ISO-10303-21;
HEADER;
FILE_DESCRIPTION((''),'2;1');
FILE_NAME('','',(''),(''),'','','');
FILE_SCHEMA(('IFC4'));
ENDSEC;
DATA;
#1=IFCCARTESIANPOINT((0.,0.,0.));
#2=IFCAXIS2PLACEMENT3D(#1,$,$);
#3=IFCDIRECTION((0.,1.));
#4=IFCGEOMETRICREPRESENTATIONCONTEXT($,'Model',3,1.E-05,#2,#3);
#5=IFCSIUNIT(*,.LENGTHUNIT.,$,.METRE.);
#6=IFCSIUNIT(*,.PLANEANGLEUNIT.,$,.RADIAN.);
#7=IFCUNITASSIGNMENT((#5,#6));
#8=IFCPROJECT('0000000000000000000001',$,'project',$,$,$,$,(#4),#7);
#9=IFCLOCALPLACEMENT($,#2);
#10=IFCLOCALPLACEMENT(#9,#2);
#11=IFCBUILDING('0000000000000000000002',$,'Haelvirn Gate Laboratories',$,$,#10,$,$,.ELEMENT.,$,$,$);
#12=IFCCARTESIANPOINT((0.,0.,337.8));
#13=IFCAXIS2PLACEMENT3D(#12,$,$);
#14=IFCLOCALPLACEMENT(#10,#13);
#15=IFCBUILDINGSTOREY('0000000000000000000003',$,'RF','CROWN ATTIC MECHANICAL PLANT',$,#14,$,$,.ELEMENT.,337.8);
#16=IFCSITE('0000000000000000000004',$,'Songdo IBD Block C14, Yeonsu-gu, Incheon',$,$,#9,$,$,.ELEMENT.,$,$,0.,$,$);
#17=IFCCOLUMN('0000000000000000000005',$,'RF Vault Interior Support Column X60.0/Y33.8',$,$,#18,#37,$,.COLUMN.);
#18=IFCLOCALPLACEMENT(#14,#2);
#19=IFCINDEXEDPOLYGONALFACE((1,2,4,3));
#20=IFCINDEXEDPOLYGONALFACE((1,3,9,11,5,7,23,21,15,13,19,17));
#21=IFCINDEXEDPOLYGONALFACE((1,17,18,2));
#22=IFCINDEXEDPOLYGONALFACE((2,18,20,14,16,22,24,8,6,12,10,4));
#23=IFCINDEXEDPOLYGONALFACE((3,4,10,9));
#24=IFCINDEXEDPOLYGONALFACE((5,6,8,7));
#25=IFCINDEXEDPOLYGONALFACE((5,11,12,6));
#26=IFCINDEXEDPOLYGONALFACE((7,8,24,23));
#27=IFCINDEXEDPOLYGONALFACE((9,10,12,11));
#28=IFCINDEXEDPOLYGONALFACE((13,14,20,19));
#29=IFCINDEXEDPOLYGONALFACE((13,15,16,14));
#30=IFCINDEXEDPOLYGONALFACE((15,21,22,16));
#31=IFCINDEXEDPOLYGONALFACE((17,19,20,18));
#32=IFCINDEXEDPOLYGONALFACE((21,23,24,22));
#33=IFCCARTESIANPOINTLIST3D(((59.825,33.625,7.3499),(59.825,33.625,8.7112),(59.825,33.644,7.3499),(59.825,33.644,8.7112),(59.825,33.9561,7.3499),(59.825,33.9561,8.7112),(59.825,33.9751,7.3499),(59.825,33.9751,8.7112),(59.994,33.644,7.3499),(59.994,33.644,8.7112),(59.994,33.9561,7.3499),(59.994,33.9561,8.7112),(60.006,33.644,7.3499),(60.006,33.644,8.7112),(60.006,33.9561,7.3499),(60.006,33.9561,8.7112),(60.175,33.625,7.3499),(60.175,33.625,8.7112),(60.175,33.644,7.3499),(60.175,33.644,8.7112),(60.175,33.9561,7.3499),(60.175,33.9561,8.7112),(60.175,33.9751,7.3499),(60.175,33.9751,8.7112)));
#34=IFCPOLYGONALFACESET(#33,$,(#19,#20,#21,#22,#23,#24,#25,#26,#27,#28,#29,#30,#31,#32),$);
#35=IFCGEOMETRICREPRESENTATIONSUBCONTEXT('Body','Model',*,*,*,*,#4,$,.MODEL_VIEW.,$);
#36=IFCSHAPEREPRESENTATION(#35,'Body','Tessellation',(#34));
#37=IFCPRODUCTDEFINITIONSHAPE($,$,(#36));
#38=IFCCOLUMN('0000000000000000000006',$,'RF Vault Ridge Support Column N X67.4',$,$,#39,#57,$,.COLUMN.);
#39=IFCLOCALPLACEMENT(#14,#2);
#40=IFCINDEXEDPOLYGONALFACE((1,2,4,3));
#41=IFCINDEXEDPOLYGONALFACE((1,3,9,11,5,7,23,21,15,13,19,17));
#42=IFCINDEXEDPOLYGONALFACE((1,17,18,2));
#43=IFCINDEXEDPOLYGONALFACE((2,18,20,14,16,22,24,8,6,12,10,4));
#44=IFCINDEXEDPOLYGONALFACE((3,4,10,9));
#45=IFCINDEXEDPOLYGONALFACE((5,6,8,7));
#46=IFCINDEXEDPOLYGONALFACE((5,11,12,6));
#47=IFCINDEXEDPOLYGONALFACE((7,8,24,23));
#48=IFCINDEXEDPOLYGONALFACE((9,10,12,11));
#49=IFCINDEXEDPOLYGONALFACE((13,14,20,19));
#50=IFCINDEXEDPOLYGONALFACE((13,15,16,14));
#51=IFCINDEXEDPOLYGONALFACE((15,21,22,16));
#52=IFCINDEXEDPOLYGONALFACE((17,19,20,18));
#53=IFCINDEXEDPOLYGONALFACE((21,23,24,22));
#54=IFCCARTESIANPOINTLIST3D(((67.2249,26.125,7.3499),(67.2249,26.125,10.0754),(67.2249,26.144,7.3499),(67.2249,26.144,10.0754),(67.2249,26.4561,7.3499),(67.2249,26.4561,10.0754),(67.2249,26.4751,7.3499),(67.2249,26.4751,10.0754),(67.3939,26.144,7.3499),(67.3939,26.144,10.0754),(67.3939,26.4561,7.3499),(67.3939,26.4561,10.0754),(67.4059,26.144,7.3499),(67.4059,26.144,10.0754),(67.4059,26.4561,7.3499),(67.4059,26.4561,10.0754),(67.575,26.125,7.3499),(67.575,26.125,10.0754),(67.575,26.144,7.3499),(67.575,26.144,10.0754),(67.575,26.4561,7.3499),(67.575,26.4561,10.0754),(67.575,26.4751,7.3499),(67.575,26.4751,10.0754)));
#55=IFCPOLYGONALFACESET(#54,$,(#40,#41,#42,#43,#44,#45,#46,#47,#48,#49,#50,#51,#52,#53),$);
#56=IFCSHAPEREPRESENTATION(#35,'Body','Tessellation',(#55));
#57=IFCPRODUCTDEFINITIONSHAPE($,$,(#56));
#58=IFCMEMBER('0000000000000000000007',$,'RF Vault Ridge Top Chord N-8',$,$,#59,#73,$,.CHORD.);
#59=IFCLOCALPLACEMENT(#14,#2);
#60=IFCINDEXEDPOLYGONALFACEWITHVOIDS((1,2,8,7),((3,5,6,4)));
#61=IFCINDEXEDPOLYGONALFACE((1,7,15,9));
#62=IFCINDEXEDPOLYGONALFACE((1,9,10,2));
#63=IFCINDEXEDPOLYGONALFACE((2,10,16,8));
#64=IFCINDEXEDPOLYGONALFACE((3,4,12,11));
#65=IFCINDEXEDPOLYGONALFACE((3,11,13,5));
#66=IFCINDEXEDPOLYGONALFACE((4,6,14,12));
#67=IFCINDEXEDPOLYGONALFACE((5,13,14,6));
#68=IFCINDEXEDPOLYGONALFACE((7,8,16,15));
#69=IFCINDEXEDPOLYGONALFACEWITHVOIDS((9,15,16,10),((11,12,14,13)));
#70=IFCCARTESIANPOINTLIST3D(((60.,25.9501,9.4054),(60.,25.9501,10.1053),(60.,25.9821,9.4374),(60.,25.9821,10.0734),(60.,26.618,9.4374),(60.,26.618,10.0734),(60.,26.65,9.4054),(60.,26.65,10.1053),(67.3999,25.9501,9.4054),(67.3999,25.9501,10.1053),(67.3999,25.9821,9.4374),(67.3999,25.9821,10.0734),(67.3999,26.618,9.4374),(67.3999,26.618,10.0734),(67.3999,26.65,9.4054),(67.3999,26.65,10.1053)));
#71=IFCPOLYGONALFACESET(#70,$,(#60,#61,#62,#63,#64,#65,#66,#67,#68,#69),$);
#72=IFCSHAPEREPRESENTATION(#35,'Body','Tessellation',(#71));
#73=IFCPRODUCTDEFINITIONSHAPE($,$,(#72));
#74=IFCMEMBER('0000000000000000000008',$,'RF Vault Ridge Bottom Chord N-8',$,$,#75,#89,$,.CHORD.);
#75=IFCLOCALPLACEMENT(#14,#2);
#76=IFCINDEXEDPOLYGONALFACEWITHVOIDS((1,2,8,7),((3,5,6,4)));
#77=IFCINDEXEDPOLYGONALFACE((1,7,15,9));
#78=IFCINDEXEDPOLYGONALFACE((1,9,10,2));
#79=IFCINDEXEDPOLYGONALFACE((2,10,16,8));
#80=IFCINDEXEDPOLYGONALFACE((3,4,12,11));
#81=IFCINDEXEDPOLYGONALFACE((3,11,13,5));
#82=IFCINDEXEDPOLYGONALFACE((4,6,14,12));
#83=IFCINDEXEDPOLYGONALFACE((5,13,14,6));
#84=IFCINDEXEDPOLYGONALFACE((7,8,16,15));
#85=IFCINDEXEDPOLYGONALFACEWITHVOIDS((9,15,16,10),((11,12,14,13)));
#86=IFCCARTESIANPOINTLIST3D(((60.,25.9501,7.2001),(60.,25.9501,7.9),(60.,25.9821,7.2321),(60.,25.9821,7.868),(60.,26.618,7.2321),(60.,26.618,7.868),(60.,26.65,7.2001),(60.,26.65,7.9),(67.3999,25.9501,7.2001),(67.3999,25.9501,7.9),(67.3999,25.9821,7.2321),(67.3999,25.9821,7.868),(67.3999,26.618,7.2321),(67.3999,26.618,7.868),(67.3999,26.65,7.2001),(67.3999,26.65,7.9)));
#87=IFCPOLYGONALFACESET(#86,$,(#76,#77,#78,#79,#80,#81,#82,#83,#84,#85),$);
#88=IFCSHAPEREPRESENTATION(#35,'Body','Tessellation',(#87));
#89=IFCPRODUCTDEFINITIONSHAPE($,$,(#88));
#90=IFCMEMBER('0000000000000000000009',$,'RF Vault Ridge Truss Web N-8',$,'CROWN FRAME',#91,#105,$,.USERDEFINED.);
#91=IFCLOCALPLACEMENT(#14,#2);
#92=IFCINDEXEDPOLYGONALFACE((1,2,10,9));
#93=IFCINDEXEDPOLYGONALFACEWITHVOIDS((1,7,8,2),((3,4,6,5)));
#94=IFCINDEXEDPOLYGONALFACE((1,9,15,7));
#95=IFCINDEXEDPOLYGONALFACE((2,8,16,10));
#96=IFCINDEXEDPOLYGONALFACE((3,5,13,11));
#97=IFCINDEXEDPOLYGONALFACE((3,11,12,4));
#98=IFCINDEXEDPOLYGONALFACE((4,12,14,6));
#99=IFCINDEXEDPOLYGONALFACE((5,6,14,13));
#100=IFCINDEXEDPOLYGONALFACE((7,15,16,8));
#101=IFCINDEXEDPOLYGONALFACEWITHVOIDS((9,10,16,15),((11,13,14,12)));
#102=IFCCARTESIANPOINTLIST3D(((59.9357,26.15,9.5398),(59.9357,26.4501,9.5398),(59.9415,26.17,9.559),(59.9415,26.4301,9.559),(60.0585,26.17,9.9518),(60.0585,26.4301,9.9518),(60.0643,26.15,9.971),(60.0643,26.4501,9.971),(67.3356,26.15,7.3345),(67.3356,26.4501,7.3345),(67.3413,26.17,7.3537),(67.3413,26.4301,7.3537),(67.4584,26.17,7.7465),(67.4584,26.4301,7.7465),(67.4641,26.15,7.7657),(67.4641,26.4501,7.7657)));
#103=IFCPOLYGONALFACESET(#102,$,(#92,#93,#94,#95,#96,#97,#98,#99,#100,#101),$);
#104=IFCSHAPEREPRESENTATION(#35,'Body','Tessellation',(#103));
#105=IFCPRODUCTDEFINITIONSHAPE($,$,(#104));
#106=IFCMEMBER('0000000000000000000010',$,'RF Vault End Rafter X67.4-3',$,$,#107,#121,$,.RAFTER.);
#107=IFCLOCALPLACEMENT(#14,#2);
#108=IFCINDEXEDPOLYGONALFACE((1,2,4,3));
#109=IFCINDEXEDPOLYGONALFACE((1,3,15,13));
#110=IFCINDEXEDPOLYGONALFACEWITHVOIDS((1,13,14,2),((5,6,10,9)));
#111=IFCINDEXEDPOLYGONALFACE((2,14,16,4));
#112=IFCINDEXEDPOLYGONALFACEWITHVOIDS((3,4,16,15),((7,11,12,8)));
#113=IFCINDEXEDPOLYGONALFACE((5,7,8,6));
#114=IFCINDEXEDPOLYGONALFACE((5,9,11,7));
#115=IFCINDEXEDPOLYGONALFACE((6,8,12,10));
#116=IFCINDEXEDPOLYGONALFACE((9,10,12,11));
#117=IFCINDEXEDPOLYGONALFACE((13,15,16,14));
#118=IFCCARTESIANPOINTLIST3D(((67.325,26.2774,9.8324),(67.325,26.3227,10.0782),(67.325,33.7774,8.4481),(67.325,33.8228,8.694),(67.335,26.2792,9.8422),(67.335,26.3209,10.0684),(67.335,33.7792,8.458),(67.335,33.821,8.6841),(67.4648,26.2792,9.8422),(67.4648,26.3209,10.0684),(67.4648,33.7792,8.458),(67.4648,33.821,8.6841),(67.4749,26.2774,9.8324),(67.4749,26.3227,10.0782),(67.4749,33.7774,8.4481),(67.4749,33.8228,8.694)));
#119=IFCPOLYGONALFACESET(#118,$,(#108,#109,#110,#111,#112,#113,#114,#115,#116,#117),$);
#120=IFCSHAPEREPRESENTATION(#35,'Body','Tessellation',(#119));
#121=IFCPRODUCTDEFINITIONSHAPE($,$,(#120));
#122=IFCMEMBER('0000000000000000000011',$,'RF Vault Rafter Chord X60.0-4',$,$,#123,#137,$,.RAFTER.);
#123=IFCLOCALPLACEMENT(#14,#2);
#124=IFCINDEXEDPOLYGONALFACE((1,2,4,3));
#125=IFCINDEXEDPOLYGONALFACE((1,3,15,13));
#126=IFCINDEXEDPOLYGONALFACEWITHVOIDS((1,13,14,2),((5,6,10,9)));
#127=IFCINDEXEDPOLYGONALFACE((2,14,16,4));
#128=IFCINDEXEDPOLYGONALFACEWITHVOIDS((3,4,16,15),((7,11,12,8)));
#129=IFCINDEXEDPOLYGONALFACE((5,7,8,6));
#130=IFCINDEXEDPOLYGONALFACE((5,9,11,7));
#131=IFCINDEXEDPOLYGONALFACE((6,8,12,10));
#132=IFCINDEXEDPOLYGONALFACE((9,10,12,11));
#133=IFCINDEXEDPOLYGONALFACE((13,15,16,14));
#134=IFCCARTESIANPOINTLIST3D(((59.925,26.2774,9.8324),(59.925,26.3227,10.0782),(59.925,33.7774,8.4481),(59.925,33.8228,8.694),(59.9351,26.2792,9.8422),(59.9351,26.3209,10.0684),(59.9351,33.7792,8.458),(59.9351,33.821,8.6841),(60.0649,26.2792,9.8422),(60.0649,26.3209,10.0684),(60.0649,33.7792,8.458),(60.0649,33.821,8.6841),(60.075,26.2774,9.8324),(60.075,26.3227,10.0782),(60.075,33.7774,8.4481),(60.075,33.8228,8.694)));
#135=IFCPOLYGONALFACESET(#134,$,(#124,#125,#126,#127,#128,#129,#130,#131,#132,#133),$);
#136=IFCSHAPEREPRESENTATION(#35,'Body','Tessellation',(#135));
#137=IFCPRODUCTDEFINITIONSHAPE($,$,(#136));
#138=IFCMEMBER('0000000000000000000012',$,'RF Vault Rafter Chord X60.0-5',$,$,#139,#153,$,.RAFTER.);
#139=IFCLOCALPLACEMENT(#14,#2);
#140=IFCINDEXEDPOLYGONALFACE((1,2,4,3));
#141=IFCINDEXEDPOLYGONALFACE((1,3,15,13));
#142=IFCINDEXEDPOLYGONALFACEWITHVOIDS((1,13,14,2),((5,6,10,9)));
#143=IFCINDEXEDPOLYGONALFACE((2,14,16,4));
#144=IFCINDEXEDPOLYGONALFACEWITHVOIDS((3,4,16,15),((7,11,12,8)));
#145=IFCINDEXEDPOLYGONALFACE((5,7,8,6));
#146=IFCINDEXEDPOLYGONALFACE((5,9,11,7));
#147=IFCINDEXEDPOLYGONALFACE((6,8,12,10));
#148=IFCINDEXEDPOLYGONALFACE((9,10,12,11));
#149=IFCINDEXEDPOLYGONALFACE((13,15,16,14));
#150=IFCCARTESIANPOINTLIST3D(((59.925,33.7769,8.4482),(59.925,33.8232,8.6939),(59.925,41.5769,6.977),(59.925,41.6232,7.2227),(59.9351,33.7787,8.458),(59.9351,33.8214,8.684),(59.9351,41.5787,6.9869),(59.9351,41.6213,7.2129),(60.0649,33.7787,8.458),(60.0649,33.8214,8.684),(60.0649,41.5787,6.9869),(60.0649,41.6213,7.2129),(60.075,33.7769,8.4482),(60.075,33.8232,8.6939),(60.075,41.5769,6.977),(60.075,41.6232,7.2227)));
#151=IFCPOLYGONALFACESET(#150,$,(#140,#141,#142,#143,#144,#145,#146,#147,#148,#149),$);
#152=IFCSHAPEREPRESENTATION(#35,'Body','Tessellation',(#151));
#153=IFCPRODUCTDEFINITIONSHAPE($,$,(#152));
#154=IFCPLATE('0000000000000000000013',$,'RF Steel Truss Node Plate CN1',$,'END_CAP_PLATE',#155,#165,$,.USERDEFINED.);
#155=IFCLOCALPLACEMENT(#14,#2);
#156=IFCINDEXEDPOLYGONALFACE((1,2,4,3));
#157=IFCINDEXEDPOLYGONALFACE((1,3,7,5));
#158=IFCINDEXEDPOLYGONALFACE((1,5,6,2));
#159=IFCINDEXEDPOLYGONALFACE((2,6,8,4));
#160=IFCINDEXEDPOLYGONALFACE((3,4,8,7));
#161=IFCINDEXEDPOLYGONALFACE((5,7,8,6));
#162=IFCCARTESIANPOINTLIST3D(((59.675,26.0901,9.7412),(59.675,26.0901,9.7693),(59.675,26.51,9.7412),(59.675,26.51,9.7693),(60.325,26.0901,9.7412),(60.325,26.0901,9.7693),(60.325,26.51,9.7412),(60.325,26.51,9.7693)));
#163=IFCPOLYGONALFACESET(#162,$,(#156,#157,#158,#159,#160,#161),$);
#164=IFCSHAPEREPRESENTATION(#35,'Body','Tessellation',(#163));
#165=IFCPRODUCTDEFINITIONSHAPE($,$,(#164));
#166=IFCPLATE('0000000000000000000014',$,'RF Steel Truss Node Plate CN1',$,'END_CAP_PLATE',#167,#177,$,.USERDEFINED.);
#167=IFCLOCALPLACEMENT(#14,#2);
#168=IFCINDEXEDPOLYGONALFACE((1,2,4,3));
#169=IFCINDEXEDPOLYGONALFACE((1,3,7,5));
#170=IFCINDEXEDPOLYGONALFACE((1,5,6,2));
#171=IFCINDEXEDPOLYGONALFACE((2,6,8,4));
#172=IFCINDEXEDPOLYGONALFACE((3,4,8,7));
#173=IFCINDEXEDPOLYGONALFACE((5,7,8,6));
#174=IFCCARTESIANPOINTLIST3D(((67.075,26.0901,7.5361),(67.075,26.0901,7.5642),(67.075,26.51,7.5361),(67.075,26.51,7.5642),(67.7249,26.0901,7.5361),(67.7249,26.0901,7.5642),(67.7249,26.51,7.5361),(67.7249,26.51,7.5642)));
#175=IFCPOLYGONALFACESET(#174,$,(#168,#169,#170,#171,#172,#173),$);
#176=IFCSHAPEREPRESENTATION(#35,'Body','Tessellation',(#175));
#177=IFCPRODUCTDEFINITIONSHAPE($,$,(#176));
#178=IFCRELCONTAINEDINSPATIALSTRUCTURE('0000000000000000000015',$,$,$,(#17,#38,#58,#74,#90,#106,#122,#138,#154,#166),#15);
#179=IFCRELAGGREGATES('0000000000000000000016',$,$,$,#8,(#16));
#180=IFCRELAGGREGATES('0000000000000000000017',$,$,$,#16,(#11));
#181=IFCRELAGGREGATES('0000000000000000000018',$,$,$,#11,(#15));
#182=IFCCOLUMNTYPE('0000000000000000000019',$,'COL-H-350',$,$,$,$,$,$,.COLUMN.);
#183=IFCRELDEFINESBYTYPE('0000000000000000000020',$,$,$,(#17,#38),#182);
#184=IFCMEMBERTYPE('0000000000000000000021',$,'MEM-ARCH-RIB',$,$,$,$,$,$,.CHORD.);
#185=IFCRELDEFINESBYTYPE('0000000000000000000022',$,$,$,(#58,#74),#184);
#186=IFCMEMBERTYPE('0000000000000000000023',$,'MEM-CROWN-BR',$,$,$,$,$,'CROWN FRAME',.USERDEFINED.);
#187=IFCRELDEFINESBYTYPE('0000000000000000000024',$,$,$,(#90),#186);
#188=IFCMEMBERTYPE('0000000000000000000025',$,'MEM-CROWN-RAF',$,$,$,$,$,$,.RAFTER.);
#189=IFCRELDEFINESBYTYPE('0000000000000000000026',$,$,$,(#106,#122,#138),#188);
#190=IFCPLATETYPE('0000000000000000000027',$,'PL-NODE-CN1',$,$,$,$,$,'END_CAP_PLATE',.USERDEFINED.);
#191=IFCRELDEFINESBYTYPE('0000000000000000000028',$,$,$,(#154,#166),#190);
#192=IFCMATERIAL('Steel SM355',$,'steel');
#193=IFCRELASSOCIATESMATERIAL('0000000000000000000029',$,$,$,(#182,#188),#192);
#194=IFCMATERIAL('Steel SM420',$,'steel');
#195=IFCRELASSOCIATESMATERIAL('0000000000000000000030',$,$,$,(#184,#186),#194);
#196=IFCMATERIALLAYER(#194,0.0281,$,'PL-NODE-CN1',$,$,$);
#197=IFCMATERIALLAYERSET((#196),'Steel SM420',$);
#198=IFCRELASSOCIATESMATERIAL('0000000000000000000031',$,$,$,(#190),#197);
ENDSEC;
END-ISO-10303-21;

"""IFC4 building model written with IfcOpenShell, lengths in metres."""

from ifc_helpers import new_model, si_unit, direction, frame, origin, origin_2d, place, context, subcontext, project, spatial, rectangle, hollow_rectangle, i_section, extrude, source, transform, mapped, material, layer, layer_set, material_profile, profile_set, type_object, type_shapes, element, save


model = new_model("IFC4")

# Units and contexts
model_context = context("Model", 3, precision=1e-05, world=origin(), true_north=direction((0.0, 1.0)))
body_context = subcontext(model_context, "Body", "Model", "MODEL_VIEW")
ifc_project = project(units=[si_unit("LENGTHUNIT", "METRE"), si_unit("PLANEANGLEUNIT", "RADIAN")], contexts=[model_context])

# Site, building, storey
site_placement = place(None, origin())
site = spatial("IfcSite", under=ifc_project, at=site_placement, Name="Songdo IBD Block C14, Yeonsu-gu, Incheon", CompositionType="ELEMENT", RefElevation=0.0)
building_placement = place(site_placement, origin())
building = spatial("IfcBuilding", under=site, at=building_placement, Name="Haelvirn Gate Laboratories", CompositionType="ELEMENT")
storey_placement = place(building_placement, frame((0.0, 0.0, 337.8)))
storey = spatial("IfcBuildingStorey", under=building, at=storey_placement, Name="RF", Description="CROWN ATTIC MECHANICAL PLANT", CompositionType="ELEMENT", Elevation=337.8)

# Columns
ifc_material_1 = material(Name="Steel SM355", Category="steel")
ifc_material_profile_1 = material_profile(ifc_material_1, i_section(OverallWidth=0.3501, OverallDepth=0.3501, WebThickness=0.012, FlangeThickness=0.019, at=origin_2d()), Name="H-350x350x12x19")
ifc_profile_set_1 = profile_set([ifc_material_profile_1], Name="Steel SM355")
column_type = type_object("IfcColumnType", Name="COL-H-350", PredefinedType="COLUMN", material=ifc_profile_set_1)
shared_shape_1 = source(origin(), body_context, "Body", "SweptSolid", [
    extrude(i_section(OverallWidth=0.3501, OverallDepth=0.3501, WebThickness=0.012, FlangeThickness=0.019, at=origin_2d()), origin(), (0.0, 0.0, 1.0), 1.3613),
])
column_1_placement = place(storey_placement, frame((60.0, 33.8, 7.3499), z_axis=(0.0, 0.0, 1.0), x_axis=(1.0, 0.0, 0.0)))
element("IfcColumn", 1, at=column_1_placement, inside=storey, type_object=column_type, Name="RF Vault Interior Support Column X60.0/Y33.8", PredefinedType="COLUMN", context=body_context, shape_type="MappedRepresentation", body=[
    mapped(shared_shape_1, transform((0.0, 0.0, 0.0), scale=1.0)),
])
shared_shape_2 = source(origin(), body_context, "Body", "SweptSolid", [
    extrude(i_section(OverallWidth=0.3501, OverallDepth=0.3501, WebThickness=0.012, FlangeThickness=0.019, at=origin_2d()), origin(), (0.0, 0.0, 1.0), 2.7256),
])
type_shapes(column_type, [shared_shape_1, shared_shape_2])
column_2_placement = place(storey_placement, frame((67.3999, 26.3, 7.3499), z_axis=(0.0, 0.0, 1.0), x_axis=(1.0, 0.0, 0.0)))
element("IfcColumn", 2, at=column_2_placement, inside=storey, type_object=column_type, Name="RF Vault Ridge Support Column N X67.4", PredefinedType="COLUMN", context=body_context, shape_type="MappedRepresentation", body=[
    mapped(shared_shape_2, transform((0.0, 0.0, 0.0), scale=1.0)),
])

# Members
ifc_material_2 = material(Name="Steel SM420", Category="steel")
ifc_material_profile_2 = material_profile(ifc_material_2, hollow_rectangle(XDim=0.7, YDim=0.7, WallThickness=0.032, at=origin_2d()), Name="BOX-700x700x32")
ifc_profile_set_2 = profile_set([ifc_material_profile_2], Name="Steel SM420")
member_type_1 = type_object("IfcMemberType", Name="MEM-ARCH-RIB", PredefinedType="CHORD", material=ifc_profile_set_2)
shared_shape_3 = source(origin(), body_context, "Body", "SweptSolid", [
    extrude(hollow_rectangle(XDim=0.7, YDim=0.7, WallThickness=0.032, at=origin_2d()), origin(), (0.0, 0.0, 1.0), 7.3999),
])
type_shapes(member_type_1, [shared_shape_3])
for number, where, z_axis, x_axis, name in (
    (3, (60.0, 26.3, 9.7554), (1.0, 0.0, 0.0), (0.0, 1.0, 0.0), "RF Vault Ridge Top Chord N-8"),
    (4, (60.0, 26.3, 7.55), (1.0, 0.0, 0.0), (0.0, 1.0, 0.0), "RF Vault Ridge Bottom Chord N-8"),
):
    element("IfcMember", number, at=place(storey_placement, frame(where, z_axis=z_axis, x_axis=x_axis)), inside=storey, type_object=member_type_1, Name=name, PredefinedType="CHORD", context=body_context, shape_type="MappedRepresentation", body=[
        mapped(shared_shape_3, transform((0.0, 0.0, 0.0), scale=1.0)),
    ])
ifc_material_profile_3 = material_profile(ifc_material_2, hollow_rectangle(XDim=0.3, YDim=0.45, WallThickness=0.02, at=origin_2d()), Name="BOX-450x300x20")
ifc_profile_set_3 = profile_set([ifc_material_profile_3], Name="Steel SM420")
member_type_2 = type_object("IfcMemberType", Name="MEM-CROWN-BR", ElementType="CROWN FRAME", PredefinedType="USERDEFINED", material=ifc_profile_set_3)
shared_shape_4 = source(origin(), body_context, "Body", "SweptSolid", [
    extrude(hollow_rectangle(XDim=0.3, YDim=0.45, WallThickness=0.02, at=origin_2d()), origin(), (0.0, 0.0, 1.0), 7.7214),
])
type_shapes(member_type_2, [shared_shape_4])
member_1_placement = place(storey_placement, frame((60.0, 26.3, 9.7554), z_axis=(0.958347, 0.0, -0.285607), x_axis=(0.0, 1.0, 0.0)))
element("IfcMember", 5, at=member_1_placement, inside=storey, type_object=member_type_2, Name="RF Vault Ridge Truss Web N-8", ObjectType="CROWN FRAME", PredefinedType="USERDEFINED", context=body_context, shape_type="MappedRepresentation", body=[
    mapped(shared_shape_4, transform((0.0, 0.0, 0.0), scale=1.0)),
])
ifc_material_profile_4 = material_profile(ifc_material_1, hollow_rectangle(XDim=0.1499, YDim=0.25, WallThickness=0.01, at=origin_2d()), Name="RHS-250x150x10")
ifc_profile_set_4 = profile_set([ifc_material_profile_4], Name="Steel SM355")
member_type_3 = type_object("IfcMemberType", Name="MEM-CROWN-RAF", PredefinedType="RAFTER", material=ifc_profile_set_4)
shared_shape_5 = source(origin(), body_context, "Body", "SweptSolid", [
    extrude(hollow_rectangle(XDim=0.1499, YDim=0.25, WallThickness=0.01, at=origin_2d()), origin(), (0.0, 0.0, 1.0), 7.6267),
])
for number, where, z_axis, x_axis, name in (
    (6, (67.3999, 26.3, 9.9553), (0.0, 0.98339, -0.181505), (-1.0, 0.0, 0.0), "RF Vault End Rafter X67.4-3"),
    (7, (60.0, 26.3, 9.9553), (0.0, 0.98339, -0.181505), (-1.0, 0.0, 0.0), "RF Vault Rafter Chord X60.0-4"),
):
    element("IfcMember", number, at=place(storey_placement, frame(where, z_axis=z_axis, x_axis=x_axis)), inside=storey, type_object=member_type_3, Name=name, PredefinedType="RAFTER", context=body_context, shape_type="MappedRepresentation", body=[
        mapped(shared_shape_5, transform((0.0, 0.0, 0.0), scale=1.0)),
    ])
shared_shape_6 = source(origin(), body_context, "Body", "SweptSolid", [
    extrude(hollow_rectangle(XDim=0.1499, YDim=0.25, WallThickness=0.01, at=origin_2d()), origin(), (0.0, 0.0, 1.0), 7.9375),
])
type_shapes(member_type_3, [shared_shape_5, shared_shape_6])
member_2_placement = place(storey_placement, frame((60.0, 33.8, 8.571), z_axis=(0.0, 0.982673, -0.185345), x_axis=(-1.0, 0.0, 0.0)))
element("IfcMember", 8, at=member_2_placement, inside=storey, type_object=member_type_3, Name="RF Vault Rafter Chord X60.0-5", PredefinedType="RAFTER", context=body_context, shape_type="MappedRepresentation", body=[
    mapped(shared_shape_6, transform((0.0, 0.0, 0.0), scale=1.0)),
])

# Plates
ifc_layer_1 = layer(ifc_material_2, 0.0281, Name="PL-NODE-CN1")
ifc_layer_set_1 = layer_set([ifc_layer_1], Name="Steel SM420")
plate_type = type_object("IfcPlateType", Name="PL-NODE-CN1", ElementType="END_CAP_PLATE", PredefinedType="USERDEFINED", material=ifc_layer_set_1)
shared_shape_7 = source(origin(), body_context, "Body", "SweptSolid", [
    extrude(rectangle(XDim=0.6499, YDim=0.4199, at=origin_2d()), origin(), (0.0, 0.0, 1.0), 0.0281),
])
type_shapes(plate_type, [shared_shape_7])
for number, where, z_axis, x_axis, name in (
    (9, (60.0, 26.3, 9.7412), (0.0, 0.0, 1.0), (1.0, 0.0, 0.0), "RF Steel Truss Node Plate CN1"),
    (10, (67.3999, 26.3, 7.5361), (0.0, 0.0, 1.0), (1.0, 0.0, 0.0), "RF Steel Truss Node Plate CN1"),
):
    element("IfcPlate", number, at=place(storey_placement, frame(where, z_axis=z_axis, x_axis=x_axis)), inside=storey, type_object=plate_type, Name=name, ObjectType="END_CAP_PLATE", PredefinedType="USERDEFINED", context=body_context, shape_type="MappedRepresentation", body=[
        mapped(shared_shape_7, transform((0.0, 0.0, 0.0), scale=1.0)),
    ])

save(model, "model.ifc")
